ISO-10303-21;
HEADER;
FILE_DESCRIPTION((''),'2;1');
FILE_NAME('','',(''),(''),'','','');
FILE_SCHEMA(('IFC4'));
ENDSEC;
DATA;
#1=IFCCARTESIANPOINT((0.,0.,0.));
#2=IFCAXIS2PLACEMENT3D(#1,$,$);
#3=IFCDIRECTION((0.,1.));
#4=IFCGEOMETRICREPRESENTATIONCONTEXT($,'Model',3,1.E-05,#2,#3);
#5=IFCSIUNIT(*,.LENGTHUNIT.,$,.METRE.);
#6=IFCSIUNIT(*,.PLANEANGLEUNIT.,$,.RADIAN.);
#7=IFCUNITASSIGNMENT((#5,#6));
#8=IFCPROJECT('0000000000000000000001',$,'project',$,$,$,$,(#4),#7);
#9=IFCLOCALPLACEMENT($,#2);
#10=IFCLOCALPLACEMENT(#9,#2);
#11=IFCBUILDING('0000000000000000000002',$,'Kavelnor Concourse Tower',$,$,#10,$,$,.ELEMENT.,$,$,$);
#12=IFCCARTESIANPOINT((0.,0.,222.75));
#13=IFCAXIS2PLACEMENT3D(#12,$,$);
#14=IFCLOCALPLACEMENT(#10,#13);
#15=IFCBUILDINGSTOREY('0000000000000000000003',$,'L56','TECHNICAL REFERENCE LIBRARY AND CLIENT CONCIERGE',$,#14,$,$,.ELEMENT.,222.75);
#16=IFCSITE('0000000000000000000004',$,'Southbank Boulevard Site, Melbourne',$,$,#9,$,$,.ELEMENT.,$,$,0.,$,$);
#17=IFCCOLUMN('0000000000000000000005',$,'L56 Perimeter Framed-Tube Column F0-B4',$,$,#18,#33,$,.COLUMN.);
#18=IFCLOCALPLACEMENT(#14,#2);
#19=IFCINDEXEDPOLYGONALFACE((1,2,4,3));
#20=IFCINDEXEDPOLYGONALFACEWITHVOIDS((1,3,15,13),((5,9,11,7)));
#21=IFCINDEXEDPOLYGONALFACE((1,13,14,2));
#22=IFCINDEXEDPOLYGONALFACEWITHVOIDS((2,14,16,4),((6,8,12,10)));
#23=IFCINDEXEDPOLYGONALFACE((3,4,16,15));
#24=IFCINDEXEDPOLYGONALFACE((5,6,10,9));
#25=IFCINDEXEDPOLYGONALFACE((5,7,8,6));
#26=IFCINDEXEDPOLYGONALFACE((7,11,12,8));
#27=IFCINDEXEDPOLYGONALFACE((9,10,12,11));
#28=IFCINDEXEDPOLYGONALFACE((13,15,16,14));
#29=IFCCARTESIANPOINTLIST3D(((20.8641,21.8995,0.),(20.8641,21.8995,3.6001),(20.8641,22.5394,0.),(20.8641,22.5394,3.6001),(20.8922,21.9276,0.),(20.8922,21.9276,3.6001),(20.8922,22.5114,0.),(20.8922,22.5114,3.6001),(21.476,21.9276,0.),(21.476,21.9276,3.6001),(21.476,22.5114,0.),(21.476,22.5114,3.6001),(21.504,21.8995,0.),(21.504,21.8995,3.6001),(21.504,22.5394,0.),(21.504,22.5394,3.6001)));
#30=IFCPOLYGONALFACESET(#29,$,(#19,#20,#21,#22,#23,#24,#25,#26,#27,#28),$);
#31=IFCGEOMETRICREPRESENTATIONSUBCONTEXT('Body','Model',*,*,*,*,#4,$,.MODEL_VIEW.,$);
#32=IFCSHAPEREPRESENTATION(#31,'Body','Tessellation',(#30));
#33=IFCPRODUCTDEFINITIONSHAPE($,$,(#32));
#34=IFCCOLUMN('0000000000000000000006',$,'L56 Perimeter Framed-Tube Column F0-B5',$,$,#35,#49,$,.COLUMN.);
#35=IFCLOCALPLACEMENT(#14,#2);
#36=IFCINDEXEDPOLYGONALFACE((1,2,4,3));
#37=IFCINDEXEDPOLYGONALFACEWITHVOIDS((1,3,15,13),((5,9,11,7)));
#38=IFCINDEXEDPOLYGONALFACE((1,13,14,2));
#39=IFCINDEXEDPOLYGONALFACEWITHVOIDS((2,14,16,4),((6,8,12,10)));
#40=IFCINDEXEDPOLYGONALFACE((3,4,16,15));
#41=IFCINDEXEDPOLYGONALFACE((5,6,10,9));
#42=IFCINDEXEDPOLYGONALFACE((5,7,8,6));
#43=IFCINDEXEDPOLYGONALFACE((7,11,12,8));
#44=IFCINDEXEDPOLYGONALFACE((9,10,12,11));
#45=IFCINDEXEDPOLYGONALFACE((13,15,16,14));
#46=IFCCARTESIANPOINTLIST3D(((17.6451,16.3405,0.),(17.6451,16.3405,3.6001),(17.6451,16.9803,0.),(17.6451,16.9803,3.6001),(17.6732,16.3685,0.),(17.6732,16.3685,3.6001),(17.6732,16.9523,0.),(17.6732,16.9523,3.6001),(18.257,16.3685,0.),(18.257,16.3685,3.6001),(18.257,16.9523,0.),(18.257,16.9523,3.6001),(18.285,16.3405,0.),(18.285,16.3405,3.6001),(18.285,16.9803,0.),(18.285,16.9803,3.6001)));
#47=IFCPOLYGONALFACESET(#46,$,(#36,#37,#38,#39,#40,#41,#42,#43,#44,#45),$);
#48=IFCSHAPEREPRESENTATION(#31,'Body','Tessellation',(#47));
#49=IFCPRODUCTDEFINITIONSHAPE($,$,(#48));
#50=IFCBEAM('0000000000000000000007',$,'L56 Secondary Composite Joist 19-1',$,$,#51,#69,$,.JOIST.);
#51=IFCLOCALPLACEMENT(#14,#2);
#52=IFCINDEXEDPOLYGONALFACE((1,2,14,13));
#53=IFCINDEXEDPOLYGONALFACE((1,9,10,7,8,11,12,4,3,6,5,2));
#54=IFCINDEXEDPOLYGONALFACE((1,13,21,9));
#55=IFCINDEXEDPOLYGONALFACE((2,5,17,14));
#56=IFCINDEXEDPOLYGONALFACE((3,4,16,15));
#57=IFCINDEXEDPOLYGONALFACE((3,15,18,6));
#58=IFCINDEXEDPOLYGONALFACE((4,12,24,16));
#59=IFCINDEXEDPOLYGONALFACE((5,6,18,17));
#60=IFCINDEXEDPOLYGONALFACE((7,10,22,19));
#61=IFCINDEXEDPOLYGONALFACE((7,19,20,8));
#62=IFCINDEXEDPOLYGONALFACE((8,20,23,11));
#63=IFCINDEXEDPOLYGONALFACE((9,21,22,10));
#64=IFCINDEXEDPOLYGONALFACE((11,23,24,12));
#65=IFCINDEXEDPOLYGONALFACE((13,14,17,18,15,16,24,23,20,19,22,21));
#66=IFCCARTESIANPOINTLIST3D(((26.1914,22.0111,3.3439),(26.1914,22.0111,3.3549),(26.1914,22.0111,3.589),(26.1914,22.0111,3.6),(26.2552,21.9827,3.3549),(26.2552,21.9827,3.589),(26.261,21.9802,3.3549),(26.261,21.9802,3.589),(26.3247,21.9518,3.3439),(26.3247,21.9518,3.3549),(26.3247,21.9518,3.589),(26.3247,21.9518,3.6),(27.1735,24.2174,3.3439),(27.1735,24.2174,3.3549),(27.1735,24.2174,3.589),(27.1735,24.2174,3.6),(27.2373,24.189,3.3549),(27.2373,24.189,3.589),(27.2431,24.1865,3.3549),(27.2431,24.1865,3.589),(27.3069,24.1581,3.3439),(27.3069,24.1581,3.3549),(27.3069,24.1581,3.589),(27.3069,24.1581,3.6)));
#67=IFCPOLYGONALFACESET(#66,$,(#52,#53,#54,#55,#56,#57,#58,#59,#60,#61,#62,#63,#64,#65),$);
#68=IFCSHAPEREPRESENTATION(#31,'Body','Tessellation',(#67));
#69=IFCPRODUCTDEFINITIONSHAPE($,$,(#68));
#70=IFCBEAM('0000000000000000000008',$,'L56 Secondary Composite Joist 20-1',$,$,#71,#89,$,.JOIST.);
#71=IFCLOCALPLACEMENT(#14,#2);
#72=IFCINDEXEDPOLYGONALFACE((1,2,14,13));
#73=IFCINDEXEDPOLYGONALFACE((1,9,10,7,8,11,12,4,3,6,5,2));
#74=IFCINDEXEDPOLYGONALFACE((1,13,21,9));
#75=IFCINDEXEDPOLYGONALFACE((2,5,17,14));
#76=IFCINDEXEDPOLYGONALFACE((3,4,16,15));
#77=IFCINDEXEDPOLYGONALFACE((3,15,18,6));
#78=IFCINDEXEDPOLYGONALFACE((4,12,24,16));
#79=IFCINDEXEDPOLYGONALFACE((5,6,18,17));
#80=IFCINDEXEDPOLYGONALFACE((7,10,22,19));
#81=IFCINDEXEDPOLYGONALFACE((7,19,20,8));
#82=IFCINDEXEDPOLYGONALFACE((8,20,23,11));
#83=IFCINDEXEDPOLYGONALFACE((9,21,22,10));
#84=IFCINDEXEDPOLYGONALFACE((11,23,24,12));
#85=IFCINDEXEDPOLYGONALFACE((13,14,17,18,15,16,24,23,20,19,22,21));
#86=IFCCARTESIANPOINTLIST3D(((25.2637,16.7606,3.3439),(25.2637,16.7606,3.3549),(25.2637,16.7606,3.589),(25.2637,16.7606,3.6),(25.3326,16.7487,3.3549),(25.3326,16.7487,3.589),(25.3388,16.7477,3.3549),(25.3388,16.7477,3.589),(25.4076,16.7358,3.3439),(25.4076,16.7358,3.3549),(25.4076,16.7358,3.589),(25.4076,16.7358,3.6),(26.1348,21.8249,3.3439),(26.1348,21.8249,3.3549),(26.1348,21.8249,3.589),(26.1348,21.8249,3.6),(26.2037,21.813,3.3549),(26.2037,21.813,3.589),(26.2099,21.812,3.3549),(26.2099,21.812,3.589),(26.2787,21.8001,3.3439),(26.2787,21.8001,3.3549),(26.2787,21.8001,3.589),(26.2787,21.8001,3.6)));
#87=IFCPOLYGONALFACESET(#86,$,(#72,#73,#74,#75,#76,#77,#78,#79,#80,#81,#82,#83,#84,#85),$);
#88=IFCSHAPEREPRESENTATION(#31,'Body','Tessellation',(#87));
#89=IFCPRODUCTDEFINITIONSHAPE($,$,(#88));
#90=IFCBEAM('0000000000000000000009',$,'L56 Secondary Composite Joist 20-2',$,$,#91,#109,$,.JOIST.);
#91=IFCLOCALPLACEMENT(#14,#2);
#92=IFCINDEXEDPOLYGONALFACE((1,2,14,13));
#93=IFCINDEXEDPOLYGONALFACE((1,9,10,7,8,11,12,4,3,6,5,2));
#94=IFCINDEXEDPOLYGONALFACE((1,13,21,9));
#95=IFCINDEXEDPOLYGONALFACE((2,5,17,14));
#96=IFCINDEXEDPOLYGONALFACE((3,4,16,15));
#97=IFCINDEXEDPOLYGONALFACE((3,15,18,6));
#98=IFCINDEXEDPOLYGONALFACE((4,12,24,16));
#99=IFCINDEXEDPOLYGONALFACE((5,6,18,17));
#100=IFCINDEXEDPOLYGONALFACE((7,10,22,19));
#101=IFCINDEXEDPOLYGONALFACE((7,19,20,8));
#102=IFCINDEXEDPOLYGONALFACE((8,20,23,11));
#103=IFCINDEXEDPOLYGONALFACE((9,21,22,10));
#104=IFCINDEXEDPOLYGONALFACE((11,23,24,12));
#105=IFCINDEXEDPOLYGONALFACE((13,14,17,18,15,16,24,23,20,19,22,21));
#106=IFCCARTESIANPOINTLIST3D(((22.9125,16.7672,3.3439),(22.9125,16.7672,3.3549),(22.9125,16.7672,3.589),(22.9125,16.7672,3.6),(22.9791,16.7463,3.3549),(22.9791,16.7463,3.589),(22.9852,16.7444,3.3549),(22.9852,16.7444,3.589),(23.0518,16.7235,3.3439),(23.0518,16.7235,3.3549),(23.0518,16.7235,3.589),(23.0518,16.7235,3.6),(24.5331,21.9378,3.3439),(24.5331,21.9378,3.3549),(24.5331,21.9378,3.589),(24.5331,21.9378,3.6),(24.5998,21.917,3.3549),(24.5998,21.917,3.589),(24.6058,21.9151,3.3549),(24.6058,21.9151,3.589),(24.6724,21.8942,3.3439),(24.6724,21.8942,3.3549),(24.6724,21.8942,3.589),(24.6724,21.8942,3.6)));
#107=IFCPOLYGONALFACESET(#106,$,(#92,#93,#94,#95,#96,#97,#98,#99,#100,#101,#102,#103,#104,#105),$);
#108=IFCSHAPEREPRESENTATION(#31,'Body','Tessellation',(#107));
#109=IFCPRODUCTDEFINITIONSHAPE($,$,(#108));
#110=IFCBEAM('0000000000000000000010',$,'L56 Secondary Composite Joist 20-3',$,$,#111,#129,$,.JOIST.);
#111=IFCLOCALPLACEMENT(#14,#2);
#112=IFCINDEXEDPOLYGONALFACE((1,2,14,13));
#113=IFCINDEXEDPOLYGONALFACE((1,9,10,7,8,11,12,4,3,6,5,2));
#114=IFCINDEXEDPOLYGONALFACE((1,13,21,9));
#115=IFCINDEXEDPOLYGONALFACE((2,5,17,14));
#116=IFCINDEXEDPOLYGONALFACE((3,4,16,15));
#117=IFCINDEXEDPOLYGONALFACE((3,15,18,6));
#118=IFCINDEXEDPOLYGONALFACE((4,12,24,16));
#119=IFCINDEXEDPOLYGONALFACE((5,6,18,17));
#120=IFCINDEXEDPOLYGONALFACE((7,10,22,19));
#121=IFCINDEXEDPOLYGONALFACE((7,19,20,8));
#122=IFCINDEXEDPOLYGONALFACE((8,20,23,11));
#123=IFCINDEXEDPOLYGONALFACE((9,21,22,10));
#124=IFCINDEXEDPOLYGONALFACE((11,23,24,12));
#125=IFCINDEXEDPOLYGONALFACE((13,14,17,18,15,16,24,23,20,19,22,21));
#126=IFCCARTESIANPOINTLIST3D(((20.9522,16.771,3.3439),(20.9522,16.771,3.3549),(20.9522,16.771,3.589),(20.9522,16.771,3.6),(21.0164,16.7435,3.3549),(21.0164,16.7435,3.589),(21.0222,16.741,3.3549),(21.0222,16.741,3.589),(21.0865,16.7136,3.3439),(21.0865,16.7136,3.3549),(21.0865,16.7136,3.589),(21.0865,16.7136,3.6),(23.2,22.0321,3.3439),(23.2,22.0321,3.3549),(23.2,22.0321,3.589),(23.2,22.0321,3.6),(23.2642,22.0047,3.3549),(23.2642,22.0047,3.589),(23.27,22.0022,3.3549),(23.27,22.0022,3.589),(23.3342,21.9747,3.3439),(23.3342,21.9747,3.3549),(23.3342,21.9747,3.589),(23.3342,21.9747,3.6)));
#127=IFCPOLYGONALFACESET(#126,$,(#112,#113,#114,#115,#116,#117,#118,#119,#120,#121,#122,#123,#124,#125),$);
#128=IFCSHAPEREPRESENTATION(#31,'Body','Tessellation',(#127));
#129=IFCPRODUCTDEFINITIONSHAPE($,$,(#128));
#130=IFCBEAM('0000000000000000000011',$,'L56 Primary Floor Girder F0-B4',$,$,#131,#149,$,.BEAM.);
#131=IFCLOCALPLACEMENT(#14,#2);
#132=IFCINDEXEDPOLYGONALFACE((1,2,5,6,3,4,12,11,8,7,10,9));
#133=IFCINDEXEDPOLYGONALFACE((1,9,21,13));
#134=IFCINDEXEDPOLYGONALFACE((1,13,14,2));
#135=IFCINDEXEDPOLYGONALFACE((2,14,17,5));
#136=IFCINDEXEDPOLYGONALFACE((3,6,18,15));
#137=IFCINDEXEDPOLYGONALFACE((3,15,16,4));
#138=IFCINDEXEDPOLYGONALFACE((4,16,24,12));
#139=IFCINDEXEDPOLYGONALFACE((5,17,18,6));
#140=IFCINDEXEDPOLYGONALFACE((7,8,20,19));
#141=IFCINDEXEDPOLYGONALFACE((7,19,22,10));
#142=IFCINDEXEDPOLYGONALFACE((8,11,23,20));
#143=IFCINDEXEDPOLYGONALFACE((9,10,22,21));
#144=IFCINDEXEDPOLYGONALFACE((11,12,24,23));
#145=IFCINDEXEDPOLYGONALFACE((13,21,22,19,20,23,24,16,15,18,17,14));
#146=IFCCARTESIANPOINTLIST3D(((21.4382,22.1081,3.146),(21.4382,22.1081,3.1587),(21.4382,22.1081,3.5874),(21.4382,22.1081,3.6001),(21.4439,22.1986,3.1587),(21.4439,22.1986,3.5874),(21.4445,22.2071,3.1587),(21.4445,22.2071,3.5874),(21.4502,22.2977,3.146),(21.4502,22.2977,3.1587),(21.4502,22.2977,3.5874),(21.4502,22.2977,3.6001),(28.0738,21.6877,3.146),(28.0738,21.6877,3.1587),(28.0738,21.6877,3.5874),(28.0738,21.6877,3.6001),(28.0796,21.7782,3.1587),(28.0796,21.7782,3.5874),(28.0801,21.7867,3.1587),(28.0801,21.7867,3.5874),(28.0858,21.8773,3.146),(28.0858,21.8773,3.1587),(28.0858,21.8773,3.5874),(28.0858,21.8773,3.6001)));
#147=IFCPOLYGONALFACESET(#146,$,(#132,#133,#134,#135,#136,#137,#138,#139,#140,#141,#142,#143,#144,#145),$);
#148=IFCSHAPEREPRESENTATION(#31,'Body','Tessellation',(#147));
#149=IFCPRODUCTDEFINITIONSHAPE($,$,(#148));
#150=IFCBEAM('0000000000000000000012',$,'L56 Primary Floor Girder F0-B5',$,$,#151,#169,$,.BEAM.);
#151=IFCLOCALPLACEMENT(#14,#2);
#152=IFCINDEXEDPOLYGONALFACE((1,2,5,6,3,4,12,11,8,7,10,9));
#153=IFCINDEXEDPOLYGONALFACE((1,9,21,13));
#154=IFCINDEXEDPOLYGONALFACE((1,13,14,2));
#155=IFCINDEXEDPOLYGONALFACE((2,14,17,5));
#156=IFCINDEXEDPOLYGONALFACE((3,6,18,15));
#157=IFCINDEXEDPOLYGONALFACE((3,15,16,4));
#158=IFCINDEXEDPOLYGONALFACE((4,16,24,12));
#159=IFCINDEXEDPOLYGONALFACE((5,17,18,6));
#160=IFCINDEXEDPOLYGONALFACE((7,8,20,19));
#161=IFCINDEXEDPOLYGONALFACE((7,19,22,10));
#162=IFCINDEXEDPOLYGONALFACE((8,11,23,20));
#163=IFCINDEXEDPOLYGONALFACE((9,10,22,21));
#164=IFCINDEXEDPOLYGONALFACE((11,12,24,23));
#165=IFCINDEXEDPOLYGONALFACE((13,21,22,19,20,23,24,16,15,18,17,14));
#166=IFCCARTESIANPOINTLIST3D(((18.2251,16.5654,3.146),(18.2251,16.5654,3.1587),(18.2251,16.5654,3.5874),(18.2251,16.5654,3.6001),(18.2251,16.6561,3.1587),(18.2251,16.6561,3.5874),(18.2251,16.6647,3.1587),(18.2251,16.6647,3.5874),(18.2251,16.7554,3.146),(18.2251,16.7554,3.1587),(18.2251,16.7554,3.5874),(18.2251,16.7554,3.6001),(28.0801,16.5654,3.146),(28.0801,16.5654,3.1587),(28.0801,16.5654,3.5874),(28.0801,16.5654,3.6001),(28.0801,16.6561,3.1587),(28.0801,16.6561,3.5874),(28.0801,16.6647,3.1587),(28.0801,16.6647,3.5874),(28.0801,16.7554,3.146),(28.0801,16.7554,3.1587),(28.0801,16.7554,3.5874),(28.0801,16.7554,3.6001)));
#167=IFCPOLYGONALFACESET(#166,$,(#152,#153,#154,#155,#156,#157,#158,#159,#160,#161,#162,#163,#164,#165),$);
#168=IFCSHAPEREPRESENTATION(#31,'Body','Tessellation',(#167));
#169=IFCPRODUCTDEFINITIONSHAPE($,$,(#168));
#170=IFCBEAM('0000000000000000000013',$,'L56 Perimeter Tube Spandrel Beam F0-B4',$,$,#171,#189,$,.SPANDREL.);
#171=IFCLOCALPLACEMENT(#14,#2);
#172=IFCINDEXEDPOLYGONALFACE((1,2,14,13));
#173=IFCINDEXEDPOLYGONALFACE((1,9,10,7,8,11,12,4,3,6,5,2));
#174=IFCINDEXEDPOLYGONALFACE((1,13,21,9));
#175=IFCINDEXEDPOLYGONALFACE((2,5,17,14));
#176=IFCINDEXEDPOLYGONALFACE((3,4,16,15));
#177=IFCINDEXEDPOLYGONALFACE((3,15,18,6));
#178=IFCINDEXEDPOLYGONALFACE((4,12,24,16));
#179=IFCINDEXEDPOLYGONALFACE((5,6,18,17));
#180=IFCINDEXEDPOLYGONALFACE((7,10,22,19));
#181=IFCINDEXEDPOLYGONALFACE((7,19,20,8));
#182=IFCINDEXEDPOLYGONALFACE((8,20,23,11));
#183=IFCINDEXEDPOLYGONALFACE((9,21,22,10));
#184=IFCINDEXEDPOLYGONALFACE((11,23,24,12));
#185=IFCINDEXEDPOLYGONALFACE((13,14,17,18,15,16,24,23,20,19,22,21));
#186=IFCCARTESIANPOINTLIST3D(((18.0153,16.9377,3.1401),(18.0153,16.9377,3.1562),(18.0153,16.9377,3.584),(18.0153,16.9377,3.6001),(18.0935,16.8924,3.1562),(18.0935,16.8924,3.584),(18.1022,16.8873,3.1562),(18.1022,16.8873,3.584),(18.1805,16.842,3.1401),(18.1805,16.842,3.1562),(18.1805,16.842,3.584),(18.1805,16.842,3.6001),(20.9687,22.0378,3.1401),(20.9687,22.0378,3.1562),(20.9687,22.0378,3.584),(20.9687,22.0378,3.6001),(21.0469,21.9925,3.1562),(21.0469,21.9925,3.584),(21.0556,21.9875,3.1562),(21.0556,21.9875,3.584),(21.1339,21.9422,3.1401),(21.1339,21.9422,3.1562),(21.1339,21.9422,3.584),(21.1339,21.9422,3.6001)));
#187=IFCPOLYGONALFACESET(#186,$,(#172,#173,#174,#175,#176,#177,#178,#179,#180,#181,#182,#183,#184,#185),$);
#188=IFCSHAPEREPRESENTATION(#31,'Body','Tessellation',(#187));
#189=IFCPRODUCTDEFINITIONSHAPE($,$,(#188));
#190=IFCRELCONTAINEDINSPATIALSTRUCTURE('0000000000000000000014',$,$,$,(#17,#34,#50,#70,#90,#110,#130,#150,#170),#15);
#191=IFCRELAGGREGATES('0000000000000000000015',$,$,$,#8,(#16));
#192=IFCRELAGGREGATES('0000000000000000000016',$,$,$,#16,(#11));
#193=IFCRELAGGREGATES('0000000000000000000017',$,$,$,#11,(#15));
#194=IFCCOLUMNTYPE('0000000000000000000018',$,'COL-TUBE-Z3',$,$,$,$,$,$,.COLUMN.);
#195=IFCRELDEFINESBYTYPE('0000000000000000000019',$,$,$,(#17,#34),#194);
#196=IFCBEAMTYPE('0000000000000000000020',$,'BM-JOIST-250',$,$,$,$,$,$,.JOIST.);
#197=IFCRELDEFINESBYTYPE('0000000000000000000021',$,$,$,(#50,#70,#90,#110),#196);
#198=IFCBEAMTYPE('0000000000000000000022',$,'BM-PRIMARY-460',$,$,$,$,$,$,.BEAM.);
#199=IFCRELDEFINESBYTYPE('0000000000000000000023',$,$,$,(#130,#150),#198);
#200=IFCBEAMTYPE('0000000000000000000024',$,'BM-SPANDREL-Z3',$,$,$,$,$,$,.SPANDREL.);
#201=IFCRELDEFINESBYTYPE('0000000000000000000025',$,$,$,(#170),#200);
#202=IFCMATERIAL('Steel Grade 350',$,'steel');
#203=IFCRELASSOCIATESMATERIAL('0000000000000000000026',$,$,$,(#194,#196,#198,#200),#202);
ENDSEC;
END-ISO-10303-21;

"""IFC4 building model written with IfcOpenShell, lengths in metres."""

from ifc_helpers import new_model, si_unit, direction, frame, origin, origin_2d, place, context, subcontext, project, spatial, hollow_rectangle, i_section, extrude, material, material_profile, profile_set, type_object, element, save


model = new_model("IFC4")

# Units and contexts
model_context = context("Model", 3, precision=1e-05, world=origin(), true_north=direction((0.0, 1.0)))
body_context = subcontext(model_context, "Body", "Model", "MODEL_VIEW")
ifc_project = project(units=[si_unit("LENGTHUNIT", "METRE"), si_unit("PLANEANGLEUNIT", "RADIAN")], contexts=[model_context])

# Site, building, storey
site_placement = place(None, origin())
site = spatial("IfcSite", under=ifc_project, at=site_placement, Name="Southbank Boulevard Site, Melbourne", CompositionType="ELEMENT", RefElevation=0.0)
building_placement = place(site_placement, origin())
building = spatial("IfcBuilding", under=site, at=building_placement, Name="Kavelnor Concourse Tower", CompositionType="ELEMENT")
storey_placement = place(building_placement, frame((0.0, 0.0, 222.75)))
storey = spatial("IfcBuildingStorey", under=building, at=storey_placement, Name="L56", Description="TECHNICAL REFERENCE LIBRARY AND CLIENT CONCIERGE", CompositionType="ELEMENT", Elevation=222.75)

# Columns
ifc_material_1 = material(Name="Steel Grade 350", Category="steel")
ifc_material_profile_1 = material_profile(ifc_material_1, hollow_rectangle(XDim=0.6399, YDim=0.6399, WallThickness=0.0281, at=origin_2d()), Name="SHS 640x640x28")
ifc_profile_set_1 = profile_set([ifc_material_profile_1], Name="Steel Grade 350")
column_type = type_object("IfcColumnType", Name="COL-TUBE-Z3", PredefinedType="COLUMN", material=ifc_profile_set_1)
for number, where, z_axis, x_axis, name in (
    (1, (21.1841, 22.2195, 0.0), (0.0, 0.0, 1.0), (1.0, 0.0, 0.0), "L56 Perimeter Framed-Tube Column F0-B4"),
    (2, (17.9651, 16.6604, 0.0), (0.0, 0.0, 1.0), (1.0, 0.0, 0.0), "L56 Perimeter Framed-Tube Column F0-B5"),
):
    element("IfcColumn", number, at=place(storey_placement, frame(where, z_axis=z_axis, x_axis=x_axis)), inside=storey, type_object=column_type, Name=name, PredefinedType="COLUMN", context=body_context, shape_type="SweptSolid", body=[
        extrude(hollow_rectangle(XDim=0.6399, YDim=0.6399, WallThickness=0.0281, at=origin_2d()), origin(), (0.0, 0.0, 1.0), 3.6001),
    ])

# Beams
ifc_material_profile_2 = material_profile(ifc_material_1, i_section(OverallWidth=0.146, OverallDepth=0.2561, WebThickness=0.0063, FlangeThickness=0.011, at=origin_2d()), Name="250UB37")
ifc_profile_set_2 = profile_set([ifc_material_profile_2], Name="Steel Grade 350")
beam_type_1 = type_object("IfcBeamType", Name="BM-JOIST-250", PredefinedType="JOIST", material=ifc_profile_set_2)
beam_1_placement = place(storey_placement, frame((27.2402, 24.1877, 3.4719), z_axis=(-0.406692, -0.913565, 0.0), x_axis=(0.913565, -0.406692, 0.0)))
element("IfcBeam", 3, at=beam_1_placement, inside=storey, type_object=beam_type_1, Name="L56 Secondary Composite Joist 19-1", PredefinedType="JOIST", context=body_context, shape_type="SweptSolid", body=[
    extrude(i_section(OverallWidth=0.146, OverallDepth=0.2561, WebThickness=0.0063, FlangeThickness=0.011, at=origin_2d()), origin(), (0.0, 0.0, 1.0), 2.415),
])
beam_2_placement = place(storey_placement, frame((26.2068, 21.8125, 3.4719), z_axis=(-0.16952, -0.985527, 0.0), x_axis=(0.985527, -0.16952, 0.0)))
element("IfcBeam", 4, at=beam_2_placement, inside=storey, type_object=beam_type_1, Name="L56 Secondary Composite Joist 20-1", PredefinedType="JOIST", context=body_context, shape_type="SweptSolid", body=[
    extrude(i_section(OverallWidth=0.146, OverallDepth=0.2561, WebThickness=0.0063, FlangeThickness=0.011, at=origin_2d()), origin(), (0.0, 0.0, 1.0), 5.1387),
])
beam_3_placement = place(storey_placement, frame((24.6028, 21.916, 3.4719), z_axis=(-0.299078, -0.954229, 0.0), x_axis=(0.954229, -0.299078, 0.0)))
element("IfcBeam", 5, at=beam_3_placement, inside=storey, type_object=beam_type_1, Name="L56 Secondary Composite Joist 20-2", PredefinedType="JOIST", context=body_context, shape_type="SweptSolid", body=[
    extrude(i_section(OverallWidth=0.146, OverallDepth=0.2561, WebThickness=0.0063, FlangeThickness=0.011, at=origin_2d()), origin(), (0.0, 0.0, 1.0), 5.4187),
])
beam_4_placement = place(storey_placement, frame((23.2671, 22.0034, 3.4719), z_axis=(-0.392884, -0.919588, 0.0), x_axis=(0.919588, -0.392884, 0.0)))
element("IfcBeam", 6, at=beam_4_placement, inside=storey, type_object=beam_type_1, Name="L56 Secondary Composite Joist 20-3", PredefinedType="JOIST", context=body_context, shape_type="SweptSolid", body=[
    extrude(i_section(OverallWidth=0.146, OverallDepth=0.2561, WebThickness=0.0063, FlangeThickness=0.011, at=origin_2d()), origin(), (0.0, 0.0, 1.0), 5.7212),
])
ifc_material_profile_3 = material_profile(ifc_material_1, i_section(OverallWidth=0.1899, OverallDepth=0.4541, WebThickness=0.0085, FlangeThickness=0.0127, at=origin_2d()), Name="460UB67")
ifc_profile_set_3 = profile_set([ifc_material_profile_3], Name="Steel Grade 350")
beam_type_2 = type_object("IfcBeamType", Name="BM-PRIMARY-460", PredefinedType="BEAM", material=ifc_profile_set_3)
beam_5_placement = place(storey_placement, frame((28.0798, 21.7825, 3.373), z_axis=(-0.997999, 0.063229, 0.0), x_axis=(-0.063229, -0.997999, 0.0)))
element("IfcBeam", 7, at=beam_5_placement, inside=storey, type_object=beam_type_2, Name="L56 Primary Floor Girder F0-B4", PredefinedType="BEAM", context=body_context, shape_type="SweptSolid", body=[
    extrude(i_section(OverallWidth=0.1899, OverallDepth=0.4541, WebThickness=0.0085, FlangeThickness=0.0127, at=origin_2d()), origin(), (0.0, 0.0, 1.0), 6.6489),
])
beam_6_placement = place(storey_placement, frame((28.0801, 16.6604, 3.373), z_axis=(-1.0, 0.0, 0.0), x_axis=(0.0, -1.0, 0.0)))
element("IfcBeam", 8, at=beam_6_placement, inside=storey, type_object=beam_type_2, Name="L56 Primary Floor Girder F0-B5", PredefinedType="BEAM", context=body_context, shape_type="SweptSolid", body=[
    extrude(i_section(OverallWidth=0.1899, OverallDepth=0.4541, WebThickness=0.0085, FlangeThickness=0.0127, at=origin_2d()), origin(), (0.0, 0.0, 1.0), 9.855),
])
ifc_material_profile_4 = material_profile(ifc_material_1, i_section(OverallWidth=0.1909, OverallDepth=0.46, WebThickness=0.01, FlangeThickness=0.0161, at=origin_2d()), Name="460UB82")
ifc_profile_set_4 = profile_set([ifc_material_profile_4], Name="Steel Grade 350")
beam_type_3 = type_object("IfcBeamType", Name="BM-SPANDREL-Z3", PredefinedType="SPANDREL", material=ifc_profile_set_4)
beam_7_placement = place(storey_placement, frame((21.0513, 21.99, 3.3701), z_axis=(-0.501123, -0.865376, 0.0), x_axis=(0.865376, -0.501123, 0.0)))
element("IfcBeam", 9, at=beam_7_placement, inside=storey, type_object=beam_type_3, Name="L56 Perimeter Tube Spandrel Beam F0-B4", PredefinedType="SPANDREL", context=body_context, shape_type="SweptSolid", body=[
    extrude(i_section(OverallWidth=0.1909, OverallDepth=0.46, WebThickness=0.01, FlangeThickness=0.0161, at=origin_2d()), origin(), (0.0, 0.0, 1.0), 5.8936),
])

save(model, "model.ifc")
